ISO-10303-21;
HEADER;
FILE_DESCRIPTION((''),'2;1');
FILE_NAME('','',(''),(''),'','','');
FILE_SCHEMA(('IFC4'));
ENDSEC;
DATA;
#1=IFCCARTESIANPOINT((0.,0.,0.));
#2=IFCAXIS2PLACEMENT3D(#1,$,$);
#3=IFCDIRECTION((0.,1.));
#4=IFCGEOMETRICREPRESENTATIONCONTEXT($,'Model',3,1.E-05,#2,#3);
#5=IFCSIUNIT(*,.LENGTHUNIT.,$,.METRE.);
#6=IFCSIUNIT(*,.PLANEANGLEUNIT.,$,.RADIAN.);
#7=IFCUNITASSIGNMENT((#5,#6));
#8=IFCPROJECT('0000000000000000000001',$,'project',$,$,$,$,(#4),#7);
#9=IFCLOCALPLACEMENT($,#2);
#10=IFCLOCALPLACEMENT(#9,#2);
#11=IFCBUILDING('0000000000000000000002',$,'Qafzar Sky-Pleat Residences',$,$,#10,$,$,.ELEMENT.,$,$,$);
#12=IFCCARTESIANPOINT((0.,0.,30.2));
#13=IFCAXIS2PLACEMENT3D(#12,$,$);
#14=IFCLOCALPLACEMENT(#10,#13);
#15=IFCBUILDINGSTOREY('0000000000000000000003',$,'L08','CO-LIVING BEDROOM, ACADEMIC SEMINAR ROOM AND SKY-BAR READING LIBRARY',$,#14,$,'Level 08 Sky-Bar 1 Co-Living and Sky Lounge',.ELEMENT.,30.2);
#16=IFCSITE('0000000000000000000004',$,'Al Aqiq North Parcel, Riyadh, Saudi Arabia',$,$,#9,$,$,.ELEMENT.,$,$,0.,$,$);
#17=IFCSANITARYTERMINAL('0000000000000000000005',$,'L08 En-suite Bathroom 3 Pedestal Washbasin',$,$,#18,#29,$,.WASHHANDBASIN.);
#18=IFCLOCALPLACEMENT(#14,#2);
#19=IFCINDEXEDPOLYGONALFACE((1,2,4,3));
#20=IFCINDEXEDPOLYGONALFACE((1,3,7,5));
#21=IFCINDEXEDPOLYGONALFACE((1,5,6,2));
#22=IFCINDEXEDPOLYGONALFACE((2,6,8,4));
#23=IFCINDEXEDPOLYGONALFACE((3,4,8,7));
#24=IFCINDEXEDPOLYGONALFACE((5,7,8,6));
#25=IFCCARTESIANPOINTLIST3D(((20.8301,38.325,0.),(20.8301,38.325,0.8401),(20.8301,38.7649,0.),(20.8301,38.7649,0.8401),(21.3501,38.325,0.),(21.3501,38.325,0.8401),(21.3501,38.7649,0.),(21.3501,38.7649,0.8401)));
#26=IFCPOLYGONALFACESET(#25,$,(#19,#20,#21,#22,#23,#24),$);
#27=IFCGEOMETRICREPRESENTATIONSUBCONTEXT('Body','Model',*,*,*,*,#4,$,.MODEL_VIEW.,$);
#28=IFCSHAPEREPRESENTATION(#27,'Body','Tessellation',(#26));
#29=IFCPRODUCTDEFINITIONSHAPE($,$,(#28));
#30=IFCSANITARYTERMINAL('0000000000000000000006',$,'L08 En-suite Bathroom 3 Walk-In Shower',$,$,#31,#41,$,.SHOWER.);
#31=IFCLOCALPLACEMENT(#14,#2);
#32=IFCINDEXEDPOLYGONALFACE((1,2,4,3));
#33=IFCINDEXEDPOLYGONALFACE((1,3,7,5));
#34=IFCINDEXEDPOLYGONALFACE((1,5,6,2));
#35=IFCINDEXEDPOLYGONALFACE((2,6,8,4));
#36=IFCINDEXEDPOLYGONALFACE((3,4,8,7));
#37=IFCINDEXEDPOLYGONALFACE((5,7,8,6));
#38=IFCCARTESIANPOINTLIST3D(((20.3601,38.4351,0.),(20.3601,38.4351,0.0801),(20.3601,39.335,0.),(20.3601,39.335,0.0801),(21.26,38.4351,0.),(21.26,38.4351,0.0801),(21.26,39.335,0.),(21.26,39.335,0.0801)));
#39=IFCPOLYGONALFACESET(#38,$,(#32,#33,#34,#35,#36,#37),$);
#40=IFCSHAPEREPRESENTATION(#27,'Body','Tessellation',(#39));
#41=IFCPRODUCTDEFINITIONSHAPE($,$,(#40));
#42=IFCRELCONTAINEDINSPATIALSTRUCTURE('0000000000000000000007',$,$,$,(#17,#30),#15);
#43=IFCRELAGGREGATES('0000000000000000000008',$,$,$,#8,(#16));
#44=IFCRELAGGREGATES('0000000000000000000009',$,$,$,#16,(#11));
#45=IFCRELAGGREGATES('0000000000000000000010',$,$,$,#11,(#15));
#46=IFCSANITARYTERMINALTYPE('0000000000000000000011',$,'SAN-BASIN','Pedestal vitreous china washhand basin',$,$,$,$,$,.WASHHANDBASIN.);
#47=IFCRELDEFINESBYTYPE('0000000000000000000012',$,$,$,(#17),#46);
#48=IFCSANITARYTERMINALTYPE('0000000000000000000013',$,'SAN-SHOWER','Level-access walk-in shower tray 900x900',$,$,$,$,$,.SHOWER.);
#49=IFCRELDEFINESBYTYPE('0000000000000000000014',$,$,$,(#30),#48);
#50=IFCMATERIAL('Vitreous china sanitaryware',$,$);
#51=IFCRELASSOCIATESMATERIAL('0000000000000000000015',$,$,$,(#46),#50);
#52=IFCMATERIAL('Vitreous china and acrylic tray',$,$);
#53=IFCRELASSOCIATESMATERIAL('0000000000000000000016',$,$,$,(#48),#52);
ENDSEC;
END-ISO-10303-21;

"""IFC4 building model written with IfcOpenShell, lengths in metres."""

from ifc_helpers import new_model, si_unit, direction, frame, origin, origin_2d, place, context, subcontext, project, spatial, rectangle, extrude, source, transform, mapped, material, type_object, element, save


model = new_model("IFC4")

# Units and contexts
model_context = context("Model", 3, precision=1e-05, world=origin(), true_north=direction((0.0, 1.0)))
body_context = subcontext(model_context, "Body", "Model", "MODEL_VIEW")
ifc_project = project(units=[si_unit("LENGTHUNIT", "METRE"), si_unit("PLANEANGLEUNIT", "RADIAN")], contexts=[model_context])

# Site, building, storey
site_placement = place(None, origin())
site = spatial("IfcSite", under=ifc_project, at=site_placement, Name="Al Aqiq North Parcel, Riyadh, Saudi Arabia", CompositionType="ELEMENT", RefElevation=0.0)
building_placement = place(site_placement, origin())
building = spatial("IfcBuilding", under=site, at=building_placement, Name="Qafzar Sky-Pleat Residences", CompositionType="ELEMENT")
storey_placement = place(building_placement, frame((0.0, 0.0, 30.2)))
storey = spatial("IfcBuildingStorey", under=building, at=storey_placement, Name="L08", Description="CO-LIVING BEDROOM, ACADEMIC SEMINAR ROOM AND SKY-BAR READING LIBRARY", LongName="Level 08 Sky-Bar 1 Co-Living and Sky Lounge", CompositionType="ELEMENT", Elevation=30.2)

# Sanitary terminals
ifc_material_1 = material(Name="Vitreous china sanitaryware")
sanitary_terminal_type_1 = type_object("IfcSanitaryTerminalType", Name="SAN-BASIN", Description="Pedestal vitreous china washhand basin", PredefinedType="WASHHANDBASIN", material=ifc_material_1)
shared_shape_1 = source(origin(), body_context, "Body", "SweptSolid", [
    extrude(rectangle(XDim=0.52, YDim=0.4399, at=origin_2d()), origin(), (0.0, 0.0, 1.0), 0.8401),
])
sanitary_terminal_1_placement = place(storey_placement, frame((21.0901, 38.5449, 0.0), z_axis=(0.0, 0.0, 1.0), x_axis=(1.0, 0.0, 0.0)))
element("IfcSanitaryTerminal", 1, at=sanitary_terminal_1_placement, inside=storey, type_object=sanitary_terminal_type_1, Name="L08 En-suite Bathroom 3 Pedestal Washbasin", PredefinedType="WASHHANDBASIN", context=body_context, shape_type="MappedRepresentation", body=[
    mapped(shared_shape_1, transform((0.0, 0.0, 0.0), x_axis=(1.0, 0.0, 0.0), y_axis=(0.0, 1.0, 0.0), z_axis=(0.0, 0.0, 1.0), scale=1.0)),
])
ifc_material_2 = material(Name="Vitreous china and acrylic tray")
sanitary_terminal_type_2 = type_object("IfcSanitaryTerminalType", Name="SAN-SHOWER", Description="Level-access walk-in shower tray 900x900", PredefinedType="SHOWER", material=ifc_material_2)
shared_shape_2 = source(origin(), body_context, "Body", "SweptSolid", [
    extrude(rectangle(XDim=0.8999, YDim=0.8999, at=origin_2d()), origin(), (0.0, 0.0, 1.0), 0.0801),
])
sanitary_terminal_2_placement = place(storey_placement, frame((20.8101, 38.885, 0.0), z_axis=(0.0, 0.0, 1.0), x_axis=(1.0, 0.0, 0.0)))
element("IfcSanitaryTerminal", 2, at=sanitary_terminal_2_placement, inside=storey, type_object=sanitary_terminal_type_2, Name="L08 En-suite Bathroom 3 Walk-In Shower", PredefinedType="SHOWER", context=body_context, shape_type="MappedRepresentation", body=[
    mapped(shared_shape_2, transform((0.0, 0.0, 0.0), x_axis=(1.0, 0.0, 0.0), y_axis=(0.0, 1.0, 0.0), z_axis=(0.0, 0.0, 1.0), scale=1.0)),
])

save(model, "model.ifc")
